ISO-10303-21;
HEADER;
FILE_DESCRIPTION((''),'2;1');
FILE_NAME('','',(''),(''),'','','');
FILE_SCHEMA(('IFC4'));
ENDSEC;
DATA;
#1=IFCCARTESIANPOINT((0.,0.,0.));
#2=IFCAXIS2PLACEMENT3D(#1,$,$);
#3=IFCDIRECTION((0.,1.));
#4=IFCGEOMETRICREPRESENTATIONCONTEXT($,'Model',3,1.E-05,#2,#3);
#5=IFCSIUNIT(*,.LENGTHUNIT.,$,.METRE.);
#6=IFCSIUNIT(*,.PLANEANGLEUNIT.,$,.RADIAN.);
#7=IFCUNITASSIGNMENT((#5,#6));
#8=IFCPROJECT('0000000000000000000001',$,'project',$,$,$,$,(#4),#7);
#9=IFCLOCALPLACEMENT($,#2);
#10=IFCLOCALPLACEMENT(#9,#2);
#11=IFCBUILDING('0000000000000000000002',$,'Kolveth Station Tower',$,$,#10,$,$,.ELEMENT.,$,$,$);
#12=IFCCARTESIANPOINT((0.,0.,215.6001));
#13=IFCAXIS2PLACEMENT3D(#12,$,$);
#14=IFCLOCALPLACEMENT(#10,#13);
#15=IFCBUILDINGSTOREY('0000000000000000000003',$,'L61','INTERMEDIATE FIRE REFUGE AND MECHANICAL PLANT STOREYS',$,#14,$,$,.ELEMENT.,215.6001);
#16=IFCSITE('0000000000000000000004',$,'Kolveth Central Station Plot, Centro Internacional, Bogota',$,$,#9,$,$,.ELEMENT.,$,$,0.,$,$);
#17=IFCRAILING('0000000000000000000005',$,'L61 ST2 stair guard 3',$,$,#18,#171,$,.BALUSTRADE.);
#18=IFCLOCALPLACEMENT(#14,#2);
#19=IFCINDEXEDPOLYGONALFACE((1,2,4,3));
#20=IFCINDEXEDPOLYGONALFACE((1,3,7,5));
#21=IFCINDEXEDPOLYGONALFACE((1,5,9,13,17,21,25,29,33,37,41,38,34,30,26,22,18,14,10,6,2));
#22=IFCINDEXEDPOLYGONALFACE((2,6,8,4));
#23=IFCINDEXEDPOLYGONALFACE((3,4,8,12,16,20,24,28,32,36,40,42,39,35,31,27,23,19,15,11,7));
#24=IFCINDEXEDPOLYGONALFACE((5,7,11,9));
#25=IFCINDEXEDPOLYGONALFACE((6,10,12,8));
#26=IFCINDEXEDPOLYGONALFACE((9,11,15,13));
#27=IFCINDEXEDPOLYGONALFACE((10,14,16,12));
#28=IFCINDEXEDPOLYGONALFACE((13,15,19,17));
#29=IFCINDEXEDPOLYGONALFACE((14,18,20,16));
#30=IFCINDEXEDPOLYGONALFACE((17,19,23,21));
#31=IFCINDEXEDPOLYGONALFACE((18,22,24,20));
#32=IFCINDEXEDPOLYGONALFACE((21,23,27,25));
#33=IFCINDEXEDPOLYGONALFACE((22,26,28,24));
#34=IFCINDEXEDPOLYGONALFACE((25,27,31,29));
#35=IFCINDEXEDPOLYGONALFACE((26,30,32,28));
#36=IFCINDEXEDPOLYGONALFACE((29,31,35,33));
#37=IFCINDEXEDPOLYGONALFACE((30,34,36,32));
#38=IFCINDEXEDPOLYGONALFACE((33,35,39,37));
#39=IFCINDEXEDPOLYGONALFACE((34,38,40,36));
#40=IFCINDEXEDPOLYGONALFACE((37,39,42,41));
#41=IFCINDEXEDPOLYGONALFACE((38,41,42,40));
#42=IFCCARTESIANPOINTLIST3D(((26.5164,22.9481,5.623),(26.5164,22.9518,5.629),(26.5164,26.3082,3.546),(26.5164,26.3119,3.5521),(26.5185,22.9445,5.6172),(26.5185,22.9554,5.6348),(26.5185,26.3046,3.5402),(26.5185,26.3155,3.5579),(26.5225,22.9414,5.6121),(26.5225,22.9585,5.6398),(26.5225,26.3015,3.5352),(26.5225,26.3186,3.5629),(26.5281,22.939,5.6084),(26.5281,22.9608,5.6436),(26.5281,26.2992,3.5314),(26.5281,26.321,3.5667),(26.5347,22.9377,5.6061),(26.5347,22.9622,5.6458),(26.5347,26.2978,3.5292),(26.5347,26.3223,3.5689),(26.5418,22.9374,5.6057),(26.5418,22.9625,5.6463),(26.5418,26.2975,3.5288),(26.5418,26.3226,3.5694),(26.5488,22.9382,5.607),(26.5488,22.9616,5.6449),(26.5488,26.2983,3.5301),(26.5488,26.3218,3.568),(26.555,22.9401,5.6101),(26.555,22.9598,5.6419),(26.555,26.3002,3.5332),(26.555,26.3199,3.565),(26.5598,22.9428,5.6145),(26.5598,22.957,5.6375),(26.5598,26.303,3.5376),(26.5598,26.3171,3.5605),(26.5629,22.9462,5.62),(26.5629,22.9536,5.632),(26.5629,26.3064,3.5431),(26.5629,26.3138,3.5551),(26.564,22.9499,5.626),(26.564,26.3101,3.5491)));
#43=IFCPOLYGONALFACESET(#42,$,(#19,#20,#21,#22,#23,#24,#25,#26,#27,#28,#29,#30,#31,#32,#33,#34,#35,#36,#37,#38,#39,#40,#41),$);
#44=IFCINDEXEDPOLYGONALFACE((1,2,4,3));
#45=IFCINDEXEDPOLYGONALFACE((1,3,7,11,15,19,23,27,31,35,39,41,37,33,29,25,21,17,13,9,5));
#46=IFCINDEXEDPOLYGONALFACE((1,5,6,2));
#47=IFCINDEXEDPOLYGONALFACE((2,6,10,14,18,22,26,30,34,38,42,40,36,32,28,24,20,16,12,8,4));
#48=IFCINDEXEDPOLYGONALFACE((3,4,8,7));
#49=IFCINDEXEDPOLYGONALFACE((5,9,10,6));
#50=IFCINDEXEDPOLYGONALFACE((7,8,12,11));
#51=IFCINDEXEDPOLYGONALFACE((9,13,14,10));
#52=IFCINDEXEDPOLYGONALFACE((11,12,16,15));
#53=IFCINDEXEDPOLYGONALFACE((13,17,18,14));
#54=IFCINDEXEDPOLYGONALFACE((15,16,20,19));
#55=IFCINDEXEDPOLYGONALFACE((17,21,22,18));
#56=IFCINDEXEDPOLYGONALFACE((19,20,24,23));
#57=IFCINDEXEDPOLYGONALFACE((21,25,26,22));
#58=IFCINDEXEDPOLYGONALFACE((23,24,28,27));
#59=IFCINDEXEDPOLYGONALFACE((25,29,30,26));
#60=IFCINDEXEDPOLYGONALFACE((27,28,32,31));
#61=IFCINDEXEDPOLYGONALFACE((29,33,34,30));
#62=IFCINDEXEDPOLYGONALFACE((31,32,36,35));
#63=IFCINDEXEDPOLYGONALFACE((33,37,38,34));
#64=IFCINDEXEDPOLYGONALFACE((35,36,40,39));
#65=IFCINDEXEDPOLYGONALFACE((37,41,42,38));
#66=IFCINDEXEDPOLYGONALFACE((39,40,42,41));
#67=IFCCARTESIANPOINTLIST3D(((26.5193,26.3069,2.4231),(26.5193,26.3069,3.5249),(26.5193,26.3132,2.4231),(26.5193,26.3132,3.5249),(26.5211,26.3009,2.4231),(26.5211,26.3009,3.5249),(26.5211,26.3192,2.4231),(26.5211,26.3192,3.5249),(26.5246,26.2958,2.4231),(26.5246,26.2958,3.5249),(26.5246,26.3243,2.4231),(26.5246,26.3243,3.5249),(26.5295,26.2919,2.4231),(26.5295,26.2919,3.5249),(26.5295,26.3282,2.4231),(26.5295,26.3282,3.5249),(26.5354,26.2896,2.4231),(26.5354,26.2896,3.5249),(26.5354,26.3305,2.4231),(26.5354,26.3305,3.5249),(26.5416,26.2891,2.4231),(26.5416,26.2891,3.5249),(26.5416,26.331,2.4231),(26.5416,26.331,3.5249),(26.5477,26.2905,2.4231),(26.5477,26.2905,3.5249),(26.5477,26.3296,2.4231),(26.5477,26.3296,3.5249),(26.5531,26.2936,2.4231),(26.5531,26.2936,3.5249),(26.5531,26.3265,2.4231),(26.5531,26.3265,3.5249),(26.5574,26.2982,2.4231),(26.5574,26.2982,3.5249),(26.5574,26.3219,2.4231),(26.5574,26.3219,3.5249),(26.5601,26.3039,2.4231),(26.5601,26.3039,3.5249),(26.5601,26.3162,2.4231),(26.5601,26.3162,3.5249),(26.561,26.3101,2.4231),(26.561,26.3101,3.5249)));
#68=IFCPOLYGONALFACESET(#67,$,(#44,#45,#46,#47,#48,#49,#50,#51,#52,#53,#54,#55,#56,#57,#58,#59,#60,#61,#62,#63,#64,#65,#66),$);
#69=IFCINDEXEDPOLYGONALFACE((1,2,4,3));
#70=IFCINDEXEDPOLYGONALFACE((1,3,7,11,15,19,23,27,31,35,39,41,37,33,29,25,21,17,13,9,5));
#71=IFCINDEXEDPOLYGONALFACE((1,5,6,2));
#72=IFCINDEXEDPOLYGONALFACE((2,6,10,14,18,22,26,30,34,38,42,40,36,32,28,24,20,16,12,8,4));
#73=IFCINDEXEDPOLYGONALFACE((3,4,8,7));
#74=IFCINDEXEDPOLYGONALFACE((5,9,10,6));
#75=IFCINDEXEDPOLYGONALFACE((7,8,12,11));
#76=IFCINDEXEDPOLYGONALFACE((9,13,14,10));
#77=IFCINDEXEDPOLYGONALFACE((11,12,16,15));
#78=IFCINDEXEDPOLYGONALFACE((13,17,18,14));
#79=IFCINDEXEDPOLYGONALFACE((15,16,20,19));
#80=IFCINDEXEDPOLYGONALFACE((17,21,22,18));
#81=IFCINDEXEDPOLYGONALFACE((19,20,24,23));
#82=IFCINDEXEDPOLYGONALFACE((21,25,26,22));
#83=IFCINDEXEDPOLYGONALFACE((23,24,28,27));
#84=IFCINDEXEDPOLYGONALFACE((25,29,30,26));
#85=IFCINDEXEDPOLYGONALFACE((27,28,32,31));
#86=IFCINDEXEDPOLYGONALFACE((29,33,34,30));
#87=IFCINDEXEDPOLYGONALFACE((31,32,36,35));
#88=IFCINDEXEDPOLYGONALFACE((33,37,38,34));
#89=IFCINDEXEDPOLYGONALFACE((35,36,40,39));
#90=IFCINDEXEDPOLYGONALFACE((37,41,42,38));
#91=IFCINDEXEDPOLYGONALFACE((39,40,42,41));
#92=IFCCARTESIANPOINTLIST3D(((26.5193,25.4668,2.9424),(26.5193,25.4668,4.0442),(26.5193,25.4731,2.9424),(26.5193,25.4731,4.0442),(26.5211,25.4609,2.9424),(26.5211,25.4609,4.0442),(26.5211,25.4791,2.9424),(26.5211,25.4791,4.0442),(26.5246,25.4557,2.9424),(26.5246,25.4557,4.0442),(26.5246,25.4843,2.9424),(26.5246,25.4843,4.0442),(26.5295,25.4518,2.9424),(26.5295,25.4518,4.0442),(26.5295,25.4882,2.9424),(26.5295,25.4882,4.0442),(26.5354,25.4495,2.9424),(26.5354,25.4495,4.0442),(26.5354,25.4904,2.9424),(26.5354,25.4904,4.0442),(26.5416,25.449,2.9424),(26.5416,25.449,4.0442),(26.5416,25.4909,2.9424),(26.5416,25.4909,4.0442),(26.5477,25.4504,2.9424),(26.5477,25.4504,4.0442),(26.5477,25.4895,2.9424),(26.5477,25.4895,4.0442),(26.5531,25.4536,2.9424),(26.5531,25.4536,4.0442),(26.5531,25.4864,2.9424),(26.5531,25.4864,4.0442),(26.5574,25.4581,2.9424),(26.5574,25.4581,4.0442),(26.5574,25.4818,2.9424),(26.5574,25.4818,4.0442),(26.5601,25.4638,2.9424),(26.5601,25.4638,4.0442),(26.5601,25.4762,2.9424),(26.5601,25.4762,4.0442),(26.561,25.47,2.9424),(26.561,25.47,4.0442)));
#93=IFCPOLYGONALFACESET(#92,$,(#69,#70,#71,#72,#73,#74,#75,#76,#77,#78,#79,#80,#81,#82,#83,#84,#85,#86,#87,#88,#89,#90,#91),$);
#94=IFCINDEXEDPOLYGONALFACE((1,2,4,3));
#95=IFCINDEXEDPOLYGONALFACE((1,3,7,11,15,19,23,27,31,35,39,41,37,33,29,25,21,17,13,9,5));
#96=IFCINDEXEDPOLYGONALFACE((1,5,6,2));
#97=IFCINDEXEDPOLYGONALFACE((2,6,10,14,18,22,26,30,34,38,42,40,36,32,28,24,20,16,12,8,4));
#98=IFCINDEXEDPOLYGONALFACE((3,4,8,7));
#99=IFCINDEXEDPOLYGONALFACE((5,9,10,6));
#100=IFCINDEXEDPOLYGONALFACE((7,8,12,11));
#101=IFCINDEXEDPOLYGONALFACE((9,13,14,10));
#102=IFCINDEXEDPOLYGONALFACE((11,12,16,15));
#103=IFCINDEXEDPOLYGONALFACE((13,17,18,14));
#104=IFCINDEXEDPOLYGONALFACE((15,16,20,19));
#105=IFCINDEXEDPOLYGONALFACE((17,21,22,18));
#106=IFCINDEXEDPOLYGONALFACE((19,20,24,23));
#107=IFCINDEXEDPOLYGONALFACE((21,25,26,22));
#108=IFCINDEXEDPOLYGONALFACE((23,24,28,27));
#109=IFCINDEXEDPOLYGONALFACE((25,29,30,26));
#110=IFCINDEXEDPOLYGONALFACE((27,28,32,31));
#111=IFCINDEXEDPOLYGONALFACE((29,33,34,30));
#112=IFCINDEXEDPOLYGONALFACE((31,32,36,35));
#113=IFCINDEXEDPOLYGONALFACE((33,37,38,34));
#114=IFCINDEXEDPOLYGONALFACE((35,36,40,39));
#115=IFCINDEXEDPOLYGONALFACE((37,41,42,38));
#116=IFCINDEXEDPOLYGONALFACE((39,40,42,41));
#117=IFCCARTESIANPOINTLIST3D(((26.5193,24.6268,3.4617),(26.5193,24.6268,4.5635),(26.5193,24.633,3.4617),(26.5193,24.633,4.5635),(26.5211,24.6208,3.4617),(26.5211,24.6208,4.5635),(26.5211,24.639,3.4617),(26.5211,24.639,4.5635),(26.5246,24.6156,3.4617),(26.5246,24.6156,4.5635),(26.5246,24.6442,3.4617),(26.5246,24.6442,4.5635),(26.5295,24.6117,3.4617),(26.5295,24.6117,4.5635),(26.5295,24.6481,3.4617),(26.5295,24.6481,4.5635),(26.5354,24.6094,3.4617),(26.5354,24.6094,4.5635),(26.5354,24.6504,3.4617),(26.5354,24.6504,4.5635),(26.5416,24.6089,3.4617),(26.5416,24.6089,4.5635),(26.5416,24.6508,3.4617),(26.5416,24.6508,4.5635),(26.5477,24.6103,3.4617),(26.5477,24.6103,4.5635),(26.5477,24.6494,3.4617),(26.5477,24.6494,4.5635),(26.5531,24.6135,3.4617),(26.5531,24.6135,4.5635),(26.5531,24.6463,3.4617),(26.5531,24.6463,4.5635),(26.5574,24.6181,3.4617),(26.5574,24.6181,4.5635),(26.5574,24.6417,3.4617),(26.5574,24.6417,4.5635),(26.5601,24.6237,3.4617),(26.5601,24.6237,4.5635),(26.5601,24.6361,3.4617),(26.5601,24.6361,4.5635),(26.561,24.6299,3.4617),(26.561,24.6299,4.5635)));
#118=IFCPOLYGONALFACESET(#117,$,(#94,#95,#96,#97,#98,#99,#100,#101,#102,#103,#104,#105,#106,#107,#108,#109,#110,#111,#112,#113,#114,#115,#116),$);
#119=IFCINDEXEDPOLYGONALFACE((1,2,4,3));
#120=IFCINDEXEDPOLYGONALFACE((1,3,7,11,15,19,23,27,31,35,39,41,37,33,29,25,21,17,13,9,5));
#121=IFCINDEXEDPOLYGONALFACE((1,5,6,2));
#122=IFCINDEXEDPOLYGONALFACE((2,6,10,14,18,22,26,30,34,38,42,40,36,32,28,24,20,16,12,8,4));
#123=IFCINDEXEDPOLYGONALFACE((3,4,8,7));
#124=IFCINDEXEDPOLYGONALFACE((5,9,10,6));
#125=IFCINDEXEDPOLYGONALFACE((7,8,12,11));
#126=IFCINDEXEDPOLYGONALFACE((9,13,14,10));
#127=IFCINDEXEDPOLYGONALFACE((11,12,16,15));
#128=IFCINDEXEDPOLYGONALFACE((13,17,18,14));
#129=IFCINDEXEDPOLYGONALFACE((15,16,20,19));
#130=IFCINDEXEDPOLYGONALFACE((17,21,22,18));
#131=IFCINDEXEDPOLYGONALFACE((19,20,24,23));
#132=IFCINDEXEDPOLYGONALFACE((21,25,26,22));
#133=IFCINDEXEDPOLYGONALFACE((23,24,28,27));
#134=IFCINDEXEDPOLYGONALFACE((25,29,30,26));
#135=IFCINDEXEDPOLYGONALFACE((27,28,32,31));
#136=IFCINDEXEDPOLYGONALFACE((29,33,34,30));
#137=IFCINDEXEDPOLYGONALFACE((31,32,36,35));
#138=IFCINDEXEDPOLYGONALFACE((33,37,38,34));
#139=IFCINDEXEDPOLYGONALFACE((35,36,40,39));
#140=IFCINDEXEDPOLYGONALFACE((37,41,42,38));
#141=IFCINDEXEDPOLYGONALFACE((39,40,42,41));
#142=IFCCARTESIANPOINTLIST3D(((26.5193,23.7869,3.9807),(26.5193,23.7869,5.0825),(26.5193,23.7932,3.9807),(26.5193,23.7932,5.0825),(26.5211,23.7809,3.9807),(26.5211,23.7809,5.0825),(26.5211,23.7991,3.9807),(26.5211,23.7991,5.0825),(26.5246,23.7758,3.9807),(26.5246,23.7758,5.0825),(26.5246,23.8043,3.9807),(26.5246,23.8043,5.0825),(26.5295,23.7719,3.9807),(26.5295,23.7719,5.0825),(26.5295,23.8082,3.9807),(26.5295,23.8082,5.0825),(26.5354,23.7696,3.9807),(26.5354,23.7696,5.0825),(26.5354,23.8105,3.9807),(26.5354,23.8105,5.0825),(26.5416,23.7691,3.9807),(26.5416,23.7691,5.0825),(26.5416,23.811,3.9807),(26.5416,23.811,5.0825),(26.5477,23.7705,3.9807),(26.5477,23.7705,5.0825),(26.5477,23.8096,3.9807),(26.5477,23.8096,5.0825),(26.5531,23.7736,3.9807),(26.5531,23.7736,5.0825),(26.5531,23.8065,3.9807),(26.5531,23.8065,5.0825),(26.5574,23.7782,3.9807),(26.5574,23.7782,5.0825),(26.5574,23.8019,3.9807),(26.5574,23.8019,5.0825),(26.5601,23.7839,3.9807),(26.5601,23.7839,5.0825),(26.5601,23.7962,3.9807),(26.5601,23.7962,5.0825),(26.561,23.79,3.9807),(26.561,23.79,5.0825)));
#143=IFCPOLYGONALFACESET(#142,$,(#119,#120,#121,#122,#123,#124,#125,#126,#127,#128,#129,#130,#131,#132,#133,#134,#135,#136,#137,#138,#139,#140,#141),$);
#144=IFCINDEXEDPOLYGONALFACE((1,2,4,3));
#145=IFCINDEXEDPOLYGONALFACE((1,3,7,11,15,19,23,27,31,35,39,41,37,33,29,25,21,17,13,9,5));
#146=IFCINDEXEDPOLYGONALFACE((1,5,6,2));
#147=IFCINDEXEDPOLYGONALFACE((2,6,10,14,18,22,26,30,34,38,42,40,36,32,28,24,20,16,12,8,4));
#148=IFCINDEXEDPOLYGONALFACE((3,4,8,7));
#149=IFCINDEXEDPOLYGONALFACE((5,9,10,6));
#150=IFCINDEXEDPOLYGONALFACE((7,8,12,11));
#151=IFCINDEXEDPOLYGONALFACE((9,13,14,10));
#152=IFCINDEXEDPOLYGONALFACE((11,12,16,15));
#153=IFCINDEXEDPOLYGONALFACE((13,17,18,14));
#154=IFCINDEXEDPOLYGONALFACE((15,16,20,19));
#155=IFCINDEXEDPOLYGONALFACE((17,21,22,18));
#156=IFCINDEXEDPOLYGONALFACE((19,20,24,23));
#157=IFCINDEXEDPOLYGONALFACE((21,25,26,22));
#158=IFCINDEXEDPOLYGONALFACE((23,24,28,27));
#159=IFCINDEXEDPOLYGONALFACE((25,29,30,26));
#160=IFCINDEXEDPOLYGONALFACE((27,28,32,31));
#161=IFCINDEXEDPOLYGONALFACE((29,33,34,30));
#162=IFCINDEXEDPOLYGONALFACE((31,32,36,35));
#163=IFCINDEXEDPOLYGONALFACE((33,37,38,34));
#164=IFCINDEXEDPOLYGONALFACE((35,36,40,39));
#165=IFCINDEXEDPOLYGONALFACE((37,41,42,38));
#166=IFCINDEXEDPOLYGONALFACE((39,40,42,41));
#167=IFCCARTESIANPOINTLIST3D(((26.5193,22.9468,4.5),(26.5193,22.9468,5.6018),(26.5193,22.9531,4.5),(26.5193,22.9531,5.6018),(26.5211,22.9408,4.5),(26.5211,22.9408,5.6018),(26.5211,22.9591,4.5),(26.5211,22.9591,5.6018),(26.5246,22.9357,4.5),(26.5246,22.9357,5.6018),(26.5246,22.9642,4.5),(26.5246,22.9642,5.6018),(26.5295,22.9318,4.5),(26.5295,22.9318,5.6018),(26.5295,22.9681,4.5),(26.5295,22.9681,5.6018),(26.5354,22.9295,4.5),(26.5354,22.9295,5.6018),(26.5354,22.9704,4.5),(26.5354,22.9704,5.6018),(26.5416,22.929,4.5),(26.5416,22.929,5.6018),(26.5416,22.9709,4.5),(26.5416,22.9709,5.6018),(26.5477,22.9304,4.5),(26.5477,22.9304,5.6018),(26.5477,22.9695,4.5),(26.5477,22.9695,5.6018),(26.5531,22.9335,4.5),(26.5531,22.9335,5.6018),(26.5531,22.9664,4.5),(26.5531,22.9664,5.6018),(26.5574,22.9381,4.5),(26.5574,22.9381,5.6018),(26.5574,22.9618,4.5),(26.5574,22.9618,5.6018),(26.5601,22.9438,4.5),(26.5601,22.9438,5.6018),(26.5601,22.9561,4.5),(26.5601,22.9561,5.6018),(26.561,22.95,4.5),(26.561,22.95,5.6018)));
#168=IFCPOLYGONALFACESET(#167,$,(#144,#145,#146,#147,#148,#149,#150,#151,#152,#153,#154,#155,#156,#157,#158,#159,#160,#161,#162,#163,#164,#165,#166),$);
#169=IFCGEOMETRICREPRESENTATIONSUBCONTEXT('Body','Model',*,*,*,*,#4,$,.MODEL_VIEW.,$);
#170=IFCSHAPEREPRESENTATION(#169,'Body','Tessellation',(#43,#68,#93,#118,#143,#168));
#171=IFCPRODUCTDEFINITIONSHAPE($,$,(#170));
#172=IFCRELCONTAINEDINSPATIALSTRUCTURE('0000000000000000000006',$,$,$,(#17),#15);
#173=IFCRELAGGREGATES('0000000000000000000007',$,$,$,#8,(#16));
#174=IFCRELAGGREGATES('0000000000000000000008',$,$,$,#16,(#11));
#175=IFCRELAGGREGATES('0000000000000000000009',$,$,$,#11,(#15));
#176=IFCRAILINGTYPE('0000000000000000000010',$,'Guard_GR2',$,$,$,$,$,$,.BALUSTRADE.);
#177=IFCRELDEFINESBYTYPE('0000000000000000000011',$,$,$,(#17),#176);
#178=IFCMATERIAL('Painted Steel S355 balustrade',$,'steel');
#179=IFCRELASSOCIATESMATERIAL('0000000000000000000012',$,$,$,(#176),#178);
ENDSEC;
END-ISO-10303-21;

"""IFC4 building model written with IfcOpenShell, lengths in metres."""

from ifc_helpers import new_model, si_unit, direction, frame, origin, origin_2d, place, context, subcontext, project, spatial, circle, extrude, material, type_object, element, save


model = new_model("IFC4")

# Units and contexts
model_context = context("Model", 3, precision=1e-05, world=origin(), true_north=direction((0.0, 1.0)))
body_context = subcontext(model_context, "Body", "Model", "MODEL_VIEW")
ifc_project = project(units=[si_unit("LENGTHUNIT", "METRE"), si_unit("PLANEANGLEUNIT", "RADIAN")], contexts=[model_context])

# Site, building, storey
site_placement = place(None, origin())
site = spatial("IfcSite", under=ifc_project, at=site_placement, Name="Kolveth Central Station Plot, Centro Internacional, Bogota", CompositionType="ELEMENT", RefElevation=0.0)
building_placement = place(site_placement, origin())
building = spatial("IfcBuilding", under=site, at=building_placement, Name="Kolveth Station Tower", CompositionType="ELEMENT")
storey_placement = place(building_placement, frame((0.0, 0.0, 215.6001)))
storey = spatial("IfcBuildingStorey", under=building, at=storey_placement, Name="L61", Description="INTERMEDIATE FIRE REFUGE AND MECHANICAL PLANT STOREYS", CompositionType="ELEMENT", Elevation=215.6001)

# Railing
ifc_material_1 = material(Name="Painted Steel S355 balustrade", Category="steel")
railing_type_1 = type_object("IfcRailingType", Name="Guard_GR2", PredefinedType="BALUSTRADE", material=ifc_material_1)
railing_1_placement = place(storey_placement, frame((26.54, 26.3101, 2.4231)))
element("IfcRailing", 1, at=railing_1_placement, inside=storey, type_object=railing_type_1, Name="L61 ST2 stair guard 3", PredefinedType="BALUSTRADE", context=body_context, shape_type="SweptSolid", body=[
    extrude(circle(Radius=0.0239, at=origin_2d()), frame((0.0, 0.0, 1.126), z_axis=(0.0, -0.850623, 0.525776), x_axis=(1.0, 0.0, 0.0)), (0.0, 0.0, 1.0), 3.9502),
    extrude(circle(Radius=0.021, at=origin_2d()), origin(), (0.0, 0.0, 1.0), 1.1018),
    extrude(circle(Radius=0.021, at=origin_2d()), frame((0.0, -0.8401, 0.5193)), (0.0, 0.0, 1.0), 1.1018),
    extrude(circle(Radius=0.021, at=origin_2d()), frame((0.0, -1.6802, 1.0386)), (0.0, 0.0, 1.0), 1.1018),
    extrude(circle(Radius=0.021, at=origin_2d()), frame((0.0, -2.52, 1.5576)), (0.0, 0.0, 1.0), 1.1018),
    extrude(circle(Radius=0.021, at=origin_2d()), frame((0.0, -3.3601, 2.0769)), (0.0, 0.0, 1.0), 1.1018),
])

save(model, "model.ifc")
